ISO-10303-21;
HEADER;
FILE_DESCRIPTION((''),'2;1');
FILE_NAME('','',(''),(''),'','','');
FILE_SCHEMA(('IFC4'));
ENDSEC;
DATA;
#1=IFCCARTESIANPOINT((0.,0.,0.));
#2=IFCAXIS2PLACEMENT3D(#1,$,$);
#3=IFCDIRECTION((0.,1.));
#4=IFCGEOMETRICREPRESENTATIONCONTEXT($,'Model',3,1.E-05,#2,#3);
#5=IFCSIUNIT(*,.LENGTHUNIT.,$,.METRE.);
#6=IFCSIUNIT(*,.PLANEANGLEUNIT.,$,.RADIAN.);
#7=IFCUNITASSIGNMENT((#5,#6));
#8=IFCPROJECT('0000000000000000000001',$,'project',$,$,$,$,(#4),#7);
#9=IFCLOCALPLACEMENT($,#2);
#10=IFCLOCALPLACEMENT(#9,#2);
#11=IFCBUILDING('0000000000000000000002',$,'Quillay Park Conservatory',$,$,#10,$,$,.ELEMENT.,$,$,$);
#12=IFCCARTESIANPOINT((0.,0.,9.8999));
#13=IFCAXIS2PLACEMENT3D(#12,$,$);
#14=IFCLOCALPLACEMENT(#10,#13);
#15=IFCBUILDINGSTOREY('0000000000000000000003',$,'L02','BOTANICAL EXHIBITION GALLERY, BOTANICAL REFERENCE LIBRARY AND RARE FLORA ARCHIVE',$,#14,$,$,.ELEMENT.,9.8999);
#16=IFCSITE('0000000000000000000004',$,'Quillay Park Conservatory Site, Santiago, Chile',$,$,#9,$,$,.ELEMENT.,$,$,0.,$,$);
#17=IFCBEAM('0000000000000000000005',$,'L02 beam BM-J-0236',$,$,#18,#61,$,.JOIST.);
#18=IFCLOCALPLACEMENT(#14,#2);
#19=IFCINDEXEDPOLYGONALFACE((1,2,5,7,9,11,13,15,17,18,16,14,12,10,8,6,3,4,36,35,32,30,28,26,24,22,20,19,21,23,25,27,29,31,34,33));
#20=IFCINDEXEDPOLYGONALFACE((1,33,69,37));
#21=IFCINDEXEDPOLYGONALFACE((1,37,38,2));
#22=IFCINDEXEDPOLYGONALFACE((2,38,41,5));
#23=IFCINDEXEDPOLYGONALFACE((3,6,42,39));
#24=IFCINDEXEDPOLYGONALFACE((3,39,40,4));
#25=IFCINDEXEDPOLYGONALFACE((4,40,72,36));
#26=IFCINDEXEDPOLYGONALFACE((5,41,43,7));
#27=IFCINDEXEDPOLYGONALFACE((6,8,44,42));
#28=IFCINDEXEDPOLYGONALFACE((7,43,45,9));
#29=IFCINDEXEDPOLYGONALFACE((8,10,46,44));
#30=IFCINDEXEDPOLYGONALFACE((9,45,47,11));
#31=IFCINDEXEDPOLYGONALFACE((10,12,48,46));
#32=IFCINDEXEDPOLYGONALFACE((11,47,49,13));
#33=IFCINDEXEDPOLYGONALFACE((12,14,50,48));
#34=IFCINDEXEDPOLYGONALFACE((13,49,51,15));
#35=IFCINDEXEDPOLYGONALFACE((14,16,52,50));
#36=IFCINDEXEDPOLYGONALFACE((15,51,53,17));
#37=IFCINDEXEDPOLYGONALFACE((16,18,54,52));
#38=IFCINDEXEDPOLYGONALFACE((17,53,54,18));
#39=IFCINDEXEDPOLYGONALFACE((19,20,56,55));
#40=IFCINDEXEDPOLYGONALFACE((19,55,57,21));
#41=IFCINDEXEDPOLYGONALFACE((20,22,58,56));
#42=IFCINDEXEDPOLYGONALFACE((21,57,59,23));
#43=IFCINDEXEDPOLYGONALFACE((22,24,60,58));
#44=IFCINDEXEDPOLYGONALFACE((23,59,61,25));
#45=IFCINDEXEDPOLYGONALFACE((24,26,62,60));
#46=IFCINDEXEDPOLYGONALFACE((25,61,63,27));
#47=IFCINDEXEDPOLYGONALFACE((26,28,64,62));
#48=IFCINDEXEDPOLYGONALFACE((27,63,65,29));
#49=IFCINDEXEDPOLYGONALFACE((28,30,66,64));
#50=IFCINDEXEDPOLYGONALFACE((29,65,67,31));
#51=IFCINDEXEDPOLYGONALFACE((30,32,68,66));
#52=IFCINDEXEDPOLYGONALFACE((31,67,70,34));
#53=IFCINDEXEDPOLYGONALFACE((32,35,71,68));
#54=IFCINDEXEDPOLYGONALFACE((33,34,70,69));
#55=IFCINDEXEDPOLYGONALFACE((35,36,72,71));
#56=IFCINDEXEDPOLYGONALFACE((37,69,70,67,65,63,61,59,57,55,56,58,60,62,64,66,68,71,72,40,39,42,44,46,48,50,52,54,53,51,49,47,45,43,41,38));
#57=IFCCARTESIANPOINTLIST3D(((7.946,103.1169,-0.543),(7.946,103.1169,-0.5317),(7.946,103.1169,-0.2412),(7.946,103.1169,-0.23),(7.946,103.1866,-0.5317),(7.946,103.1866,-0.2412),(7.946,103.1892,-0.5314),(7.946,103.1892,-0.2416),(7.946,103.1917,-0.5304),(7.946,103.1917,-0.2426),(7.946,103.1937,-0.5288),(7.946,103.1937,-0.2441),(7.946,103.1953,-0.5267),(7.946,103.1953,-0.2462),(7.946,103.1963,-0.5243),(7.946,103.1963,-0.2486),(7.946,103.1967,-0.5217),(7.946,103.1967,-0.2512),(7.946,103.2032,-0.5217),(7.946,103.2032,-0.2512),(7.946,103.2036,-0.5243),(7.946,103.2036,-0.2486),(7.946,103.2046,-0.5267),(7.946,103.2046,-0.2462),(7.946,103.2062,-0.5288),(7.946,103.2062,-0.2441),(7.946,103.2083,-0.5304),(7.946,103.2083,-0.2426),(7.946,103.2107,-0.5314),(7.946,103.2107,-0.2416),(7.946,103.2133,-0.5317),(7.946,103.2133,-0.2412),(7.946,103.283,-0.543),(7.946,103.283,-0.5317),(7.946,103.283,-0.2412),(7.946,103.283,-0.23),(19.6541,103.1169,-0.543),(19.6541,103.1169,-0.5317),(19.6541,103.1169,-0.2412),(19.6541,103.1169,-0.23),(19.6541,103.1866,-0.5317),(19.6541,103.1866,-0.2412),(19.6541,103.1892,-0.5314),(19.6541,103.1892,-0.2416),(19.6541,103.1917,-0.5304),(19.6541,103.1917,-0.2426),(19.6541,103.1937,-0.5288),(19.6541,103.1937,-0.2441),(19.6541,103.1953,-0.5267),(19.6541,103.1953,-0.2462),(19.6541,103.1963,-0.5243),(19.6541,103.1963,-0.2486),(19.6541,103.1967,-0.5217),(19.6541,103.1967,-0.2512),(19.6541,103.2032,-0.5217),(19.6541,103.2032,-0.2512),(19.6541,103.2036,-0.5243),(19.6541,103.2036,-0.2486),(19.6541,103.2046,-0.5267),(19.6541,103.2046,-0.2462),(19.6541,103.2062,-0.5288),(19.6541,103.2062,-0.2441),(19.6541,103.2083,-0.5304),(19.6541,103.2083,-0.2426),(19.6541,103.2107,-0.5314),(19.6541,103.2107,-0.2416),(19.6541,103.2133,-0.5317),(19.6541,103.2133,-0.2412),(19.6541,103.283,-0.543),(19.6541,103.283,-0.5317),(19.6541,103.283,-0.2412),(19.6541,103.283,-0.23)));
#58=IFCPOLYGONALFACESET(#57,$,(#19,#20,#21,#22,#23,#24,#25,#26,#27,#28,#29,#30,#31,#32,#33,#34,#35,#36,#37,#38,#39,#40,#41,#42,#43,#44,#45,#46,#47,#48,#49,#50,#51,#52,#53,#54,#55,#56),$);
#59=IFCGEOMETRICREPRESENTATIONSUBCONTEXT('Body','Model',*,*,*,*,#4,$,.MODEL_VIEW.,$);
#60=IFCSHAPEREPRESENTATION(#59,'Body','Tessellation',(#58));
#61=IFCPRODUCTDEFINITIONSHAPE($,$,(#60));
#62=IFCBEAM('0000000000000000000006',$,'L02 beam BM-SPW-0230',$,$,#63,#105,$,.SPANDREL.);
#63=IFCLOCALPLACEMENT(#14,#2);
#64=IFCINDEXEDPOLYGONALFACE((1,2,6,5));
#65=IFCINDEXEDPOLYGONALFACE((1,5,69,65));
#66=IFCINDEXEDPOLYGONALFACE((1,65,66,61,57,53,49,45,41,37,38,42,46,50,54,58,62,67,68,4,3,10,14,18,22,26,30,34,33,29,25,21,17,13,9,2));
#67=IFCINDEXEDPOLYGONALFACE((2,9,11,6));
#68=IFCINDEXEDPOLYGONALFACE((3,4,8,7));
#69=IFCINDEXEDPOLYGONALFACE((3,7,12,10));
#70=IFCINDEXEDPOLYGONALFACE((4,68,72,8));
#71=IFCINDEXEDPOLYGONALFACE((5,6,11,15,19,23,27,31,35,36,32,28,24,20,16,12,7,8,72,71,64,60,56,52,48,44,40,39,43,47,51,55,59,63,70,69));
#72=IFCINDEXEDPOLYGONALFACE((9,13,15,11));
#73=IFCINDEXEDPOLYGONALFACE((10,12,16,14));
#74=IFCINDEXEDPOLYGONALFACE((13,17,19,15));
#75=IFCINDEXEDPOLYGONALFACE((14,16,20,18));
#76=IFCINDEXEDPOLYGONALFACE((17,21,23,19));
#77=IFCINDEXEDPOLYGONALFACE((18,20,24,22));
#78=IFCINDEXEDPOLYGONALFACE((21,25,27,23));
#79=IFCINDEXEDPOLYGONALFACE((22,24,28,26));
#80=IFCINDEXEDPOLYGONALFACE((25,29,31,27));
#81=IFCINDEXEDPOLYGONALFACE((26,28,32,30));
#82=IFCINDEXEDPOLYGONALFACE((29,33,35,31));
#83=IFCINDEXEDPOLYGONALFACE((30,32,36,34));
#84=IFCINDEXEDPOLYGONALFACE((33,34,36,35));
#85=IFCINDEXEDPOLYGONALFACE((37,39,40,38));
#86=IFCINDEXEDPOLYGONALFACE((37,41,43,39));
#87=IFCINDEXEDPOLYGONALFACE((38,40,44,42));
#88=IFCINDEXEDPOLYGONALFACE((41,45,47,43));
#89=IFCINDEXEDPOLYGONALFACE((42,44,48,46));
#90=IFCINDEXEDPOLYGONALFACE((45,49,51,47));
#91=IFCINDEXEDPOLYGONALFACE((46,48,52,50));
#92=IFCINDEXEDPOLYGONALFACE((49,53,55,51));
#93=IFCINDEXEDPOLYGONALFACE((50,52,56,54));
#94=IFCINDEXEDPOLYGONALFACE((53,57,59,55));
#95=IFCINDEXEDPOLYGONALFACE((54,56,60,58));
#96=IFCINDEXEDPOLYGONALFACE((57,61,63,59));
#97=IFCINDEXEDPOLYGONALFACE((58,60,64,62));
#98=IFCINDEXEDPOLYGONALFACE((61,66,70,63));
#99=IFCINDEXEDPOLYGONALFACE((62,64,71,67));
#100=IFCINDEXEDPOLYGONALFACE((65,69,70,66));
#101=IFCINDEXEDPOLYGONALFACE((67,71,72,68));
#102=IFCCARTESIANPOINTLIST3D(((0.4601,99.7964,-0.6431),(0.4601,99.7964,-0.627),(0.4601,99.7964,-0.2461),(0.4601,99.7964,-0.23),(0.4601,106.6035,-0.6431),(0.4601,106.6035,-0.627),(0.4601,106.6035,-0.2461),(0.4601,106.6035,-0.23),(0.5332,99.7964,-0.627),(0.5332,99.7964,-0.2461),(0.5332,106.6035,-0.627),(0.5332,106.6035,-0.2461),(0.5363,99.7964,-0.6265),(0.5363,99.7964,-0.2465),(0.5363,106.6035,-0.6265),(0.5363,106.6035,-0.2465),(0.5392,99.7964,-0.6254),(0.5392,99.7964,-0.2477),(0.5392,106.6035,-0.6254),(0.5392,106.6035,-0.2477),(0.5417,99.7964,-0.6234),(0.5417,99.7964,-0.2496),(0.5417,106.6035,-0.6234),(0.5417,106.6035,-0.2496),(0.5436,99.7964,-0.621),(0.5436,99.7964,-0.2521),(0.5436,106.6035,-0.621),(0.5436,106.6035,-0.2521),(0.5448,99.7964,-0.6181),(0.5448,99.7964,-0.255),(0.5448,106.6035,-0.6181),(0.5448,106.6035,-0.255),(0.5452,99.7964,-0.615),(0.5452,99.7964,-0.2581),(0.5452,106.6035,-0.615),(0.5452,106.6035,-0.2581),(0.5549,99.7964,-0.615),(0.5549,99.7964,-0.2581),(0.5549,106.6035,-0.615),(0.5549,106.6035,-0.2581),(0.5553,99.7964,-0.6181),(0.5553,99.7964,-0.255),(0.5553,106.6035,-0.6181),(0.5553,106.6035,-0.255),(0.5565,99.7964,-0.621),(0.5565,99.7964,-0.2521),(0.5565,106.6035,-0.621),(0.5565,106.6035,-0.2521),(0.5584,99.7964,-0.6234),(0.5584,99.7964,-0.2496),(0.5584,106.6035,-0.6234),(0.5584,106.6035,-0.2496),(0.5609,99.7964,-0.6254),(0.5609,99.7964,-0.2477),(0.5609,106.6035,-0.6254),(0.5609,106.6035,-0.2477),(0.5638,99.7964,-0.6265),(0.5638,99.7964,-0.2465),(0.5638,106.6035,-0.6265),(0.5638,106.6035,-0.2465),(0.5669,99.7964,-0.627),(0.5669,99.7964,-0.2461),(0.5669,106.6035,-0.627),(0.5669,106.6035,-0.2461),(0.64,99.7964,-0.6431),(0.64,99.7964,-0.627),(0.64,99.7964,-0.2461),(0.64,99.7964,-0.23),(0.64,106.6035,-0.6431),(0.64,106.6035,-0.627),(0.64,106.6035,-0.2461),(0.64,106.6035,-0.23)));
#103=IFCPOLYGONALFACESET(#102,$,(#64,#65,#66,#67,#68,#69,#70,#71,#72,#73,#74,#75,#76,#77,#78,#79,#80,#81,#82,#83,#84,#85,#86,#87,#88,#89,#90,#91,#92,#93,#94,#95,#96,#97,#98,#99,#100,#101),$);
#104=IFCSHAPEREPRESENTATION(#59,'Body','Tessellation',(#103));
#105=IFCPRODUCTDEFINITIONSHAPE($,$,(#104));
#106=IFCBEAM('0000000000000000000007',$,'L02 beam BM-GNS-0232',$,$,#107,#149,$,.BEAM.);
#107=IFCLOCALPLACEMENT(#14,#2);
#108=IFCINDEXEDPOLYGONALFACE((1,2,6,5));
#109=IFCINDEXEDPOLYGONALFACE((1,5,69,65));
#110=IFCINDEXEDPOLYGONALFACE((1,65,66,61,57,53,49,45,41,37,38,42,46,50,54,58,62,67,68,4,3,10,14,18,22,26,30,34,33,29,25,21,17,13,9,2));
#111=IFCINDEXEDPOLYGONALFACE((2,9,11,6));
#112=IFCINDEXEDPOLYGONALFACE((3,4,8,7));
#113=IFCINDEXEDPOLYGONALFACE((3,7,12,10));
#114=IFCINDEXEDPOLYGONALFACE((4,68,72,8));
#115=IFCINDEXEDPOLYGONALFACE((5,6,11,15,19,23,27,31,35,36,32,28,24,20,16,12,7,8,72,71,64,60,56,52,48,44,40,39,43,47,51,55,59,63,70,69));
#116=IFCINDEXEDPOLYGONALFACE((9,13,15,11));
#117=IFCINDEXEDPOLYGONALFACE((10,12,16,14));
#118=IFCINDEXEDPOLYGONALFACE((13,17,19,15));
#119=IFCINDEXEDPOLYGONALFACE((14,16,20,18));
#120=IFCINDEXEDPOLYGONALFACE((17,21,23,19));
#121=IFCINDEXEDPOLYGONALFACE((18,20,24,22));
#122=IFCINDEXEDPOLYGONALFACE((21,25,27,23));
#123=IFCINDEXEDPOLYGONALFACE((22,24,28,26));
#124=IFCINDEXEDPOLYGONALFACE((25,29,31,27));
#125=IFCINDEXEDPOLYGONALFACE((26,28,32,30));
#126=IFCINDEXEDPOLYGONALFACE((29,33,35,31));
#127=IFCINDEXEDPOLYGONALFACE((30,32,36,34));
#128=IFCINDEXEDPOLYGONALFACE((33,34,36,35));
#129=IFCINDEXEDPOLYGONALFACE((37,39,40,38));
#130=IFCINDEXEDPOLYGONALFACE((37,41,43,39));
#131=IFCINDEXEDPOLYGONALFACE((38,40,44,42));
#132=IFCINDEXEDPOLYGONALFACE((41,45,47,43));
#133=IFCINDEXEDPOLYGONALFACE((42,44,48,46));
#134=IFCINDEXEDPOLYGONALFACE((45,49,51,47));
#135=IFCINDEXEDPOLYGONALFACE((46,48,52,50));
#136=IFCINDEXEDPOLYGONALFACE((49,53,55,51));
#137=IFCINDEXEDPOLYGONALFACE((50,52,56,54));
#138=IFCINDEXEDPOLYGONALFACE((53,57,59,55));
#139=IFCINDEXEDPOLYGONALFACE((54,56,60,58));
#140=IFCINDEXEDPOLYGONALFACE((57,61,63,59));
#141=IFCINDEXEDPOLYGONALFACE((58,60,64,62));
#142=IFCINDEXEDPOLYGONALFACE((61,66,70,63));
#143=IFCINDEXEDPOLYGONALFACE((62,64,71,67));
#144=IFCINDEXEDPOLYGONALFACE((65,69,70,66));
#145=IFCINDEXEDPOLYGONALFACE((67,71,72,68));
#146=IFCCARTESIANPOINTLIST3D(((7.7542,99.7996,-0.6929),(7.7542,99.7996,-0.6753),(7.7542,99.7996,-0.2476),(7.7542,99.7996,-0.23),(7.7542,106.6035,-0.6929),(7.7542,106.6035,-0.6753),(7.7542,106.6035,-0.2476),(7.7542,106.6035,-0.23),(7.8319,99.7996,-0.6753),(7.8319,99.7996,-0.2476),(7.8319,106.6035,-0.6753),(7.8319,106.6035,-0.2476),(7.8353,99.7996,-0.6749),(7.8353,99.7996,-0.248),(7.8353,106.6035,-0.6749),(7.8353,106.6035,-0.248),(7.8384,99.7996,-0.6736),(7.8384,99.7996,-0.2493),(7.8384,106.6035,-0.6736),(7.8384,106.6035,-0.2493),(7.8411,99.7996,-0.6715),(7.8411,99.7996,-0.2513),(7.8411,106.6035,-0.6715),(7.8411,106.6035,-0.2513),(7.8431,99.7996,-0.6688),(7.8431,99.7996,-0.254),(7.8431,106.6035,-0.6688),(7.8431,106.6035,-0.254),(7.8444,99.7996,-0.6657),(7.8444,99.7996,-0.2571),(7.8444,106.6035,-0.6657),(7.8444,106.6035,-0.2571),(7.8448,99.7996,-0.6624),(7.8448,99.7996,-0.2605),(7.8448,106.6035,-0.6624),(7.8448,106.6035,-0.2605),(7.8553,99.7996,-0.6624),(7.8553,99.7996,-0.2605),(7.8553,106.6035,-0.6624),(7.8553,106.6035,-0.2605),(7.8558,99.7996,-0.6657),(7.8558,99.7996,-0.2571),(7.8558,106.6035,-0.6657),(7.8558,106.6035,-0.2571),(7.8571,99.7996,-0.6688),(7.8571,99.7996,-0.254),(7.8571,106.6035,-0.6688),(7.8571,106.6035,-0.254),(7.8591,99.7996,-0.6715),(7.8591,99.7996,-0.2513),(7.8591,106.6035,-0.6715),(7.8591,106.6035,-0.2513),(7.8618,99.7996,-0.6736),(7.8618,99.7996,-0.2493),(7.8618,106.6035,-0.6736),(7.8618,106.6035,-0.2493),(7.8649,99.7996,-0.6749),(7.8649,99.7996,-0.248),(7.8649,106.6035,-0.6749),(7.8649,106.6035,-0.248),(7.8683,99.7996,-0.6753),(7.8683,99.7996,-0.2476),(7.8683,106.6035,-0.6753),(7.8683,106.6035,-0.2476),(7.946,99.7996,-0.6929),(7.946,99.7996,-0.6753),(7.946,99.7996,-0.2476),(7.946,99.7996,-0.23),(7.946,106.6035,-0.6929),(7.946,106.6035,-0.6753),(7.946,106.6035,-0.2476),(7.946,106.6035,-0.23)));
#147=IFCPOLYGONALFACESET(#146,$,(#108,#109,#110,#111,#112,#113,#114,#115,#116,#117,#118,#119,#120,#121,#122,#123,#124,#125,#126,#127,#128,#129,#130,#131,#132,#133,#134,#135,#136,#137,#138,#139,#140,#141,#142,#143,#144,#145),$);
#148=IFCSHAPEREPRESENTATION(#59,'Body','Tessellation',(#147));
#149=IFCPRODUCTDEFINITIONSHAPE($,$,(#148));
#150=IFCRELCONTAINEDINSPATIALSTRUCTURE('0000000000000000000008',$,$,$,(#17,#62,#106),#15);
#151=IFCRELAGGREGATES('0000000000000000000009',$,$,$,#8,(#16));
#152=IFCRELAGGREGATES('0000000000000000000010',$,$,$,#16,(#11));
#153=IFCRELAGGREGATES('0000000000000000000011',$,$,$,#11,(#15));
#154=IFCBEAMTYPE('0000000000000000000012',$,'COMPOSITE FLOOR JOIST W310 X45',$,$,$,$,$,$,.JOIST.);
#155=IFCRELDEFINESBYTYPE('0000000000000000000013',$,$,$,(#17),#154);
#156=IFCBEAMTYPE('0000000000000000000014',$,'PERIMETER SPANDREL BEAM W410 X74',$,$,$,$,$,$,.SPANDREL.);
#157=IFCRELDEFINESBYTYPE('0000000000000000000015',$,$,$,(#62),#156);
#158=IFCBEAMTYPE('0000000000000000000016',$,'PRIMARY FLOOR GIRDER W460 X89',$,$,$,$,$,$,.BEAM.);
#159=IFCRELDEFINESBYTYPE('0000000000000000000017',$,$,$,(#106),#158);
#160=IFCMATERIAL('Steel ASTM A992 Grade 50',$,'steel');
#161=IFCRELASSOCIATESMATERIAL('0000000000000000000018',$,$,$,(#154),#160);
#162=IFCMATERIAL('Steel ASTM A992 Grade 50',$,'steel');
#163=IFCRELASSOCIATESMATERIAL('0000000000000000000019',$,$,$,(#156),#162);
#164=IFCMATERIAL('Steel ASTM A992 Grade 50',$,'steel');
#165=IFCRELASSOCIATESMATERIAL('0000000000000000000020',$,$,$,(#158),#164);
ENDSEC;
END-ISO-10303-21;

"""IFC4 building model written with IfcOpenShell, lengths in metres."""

from ifc_helpers import new_model, si_unit, direction, frame, origin, origin_2d, place, context, subcontext, project, spatial, i_section, extrude, material, material_profile, profile_set, type_object, element, save


model = new_model("IFC4")

# Units and contexts
model_context = context("Model", 3, precision=1e-05, world=origin(), true_north=direction((0.0, 1.0)))
body_context = subcontext(model_context, "Body", "Model", "MODEL_VIEW")
ifc_project = project(units=[si_unit("LENGTHUNIT", "METRE"), si_unit("PLANEANGLEUNIT", "RADIAN")], contexts=[model_context])

# Site, building, storey
site_placement = place(None, origin())
site = spatial("IfcSite", under=ifc_project, at=site_placement, Name="Quillay Park Conservatory Site, Santiago, Chile", CompositionType="ELEMENT", RefElevation=0.0)
building_placement = place(site_placement, origin())
building = spatial("IfcBuilding", under=site, at=building_placement, Name="Quillay Park Conservatory", CompositionType="ELEMENT")
storey_placement = place(building_placement, frame((0.0, 0.0, 9.8999)))
storey = spatial("IfcBuildingStorey", under=building, at=storey_placement, Name="L02", Description="BOTANICAL EXHIBITION GALLERY, BOTANICAL REFERENCE LIBRARY AND RARE FLORA ARCHIVE", CompositionType="ELEMENT", Elevation=9.8999)

# Beams
ifc_material_1 = material(Name="Steel ASTM A992 Grade 50", Category="steel")
ifc_material_profile_1 = material_profile(ifc_material_1, i_section(OverallWidth=0.166, OverallDepth=0.313, WebThickness=0.0066, FlangeThickness=0.0112, FilletRadius=0.01, at=origin_2d()), Name="W310x45")
ifc_profile_set_1 = profile_set([ifc_material_profile_1], Name="Steel ASTM A992 Grade 50")
beam_type_1 = type_object("IfcBeamType", Name="COMPOSITE FLOOR JOIST W310 X45", PredefinedType="JOIST", material=ifc_profile_set_1)
beam_1_placement = place(storey_placement, frame((7.946, 103.2, -0.3865), z_axis=(1.0, 0.0, 0.0), x_axis=(0.0, 1.0, 0.0)))
element("IfcBeam", 1, at=beam_1_placement, inside=storey, type_object=beam_type_1, Name="L02 beam BM-J-0236", PredefinedType="JOIST", context=body_context, shape_type="SweptSolid", body=[
    extrude(i_section(OverallWidth=0.166, OverallDepth=0.313, WebThickness=0.0066, FlangeThickness=0.0112, FilletRadius=0.01, at=origin_2d()), origin(), (0.0, 0.0, 1.0), 11.708),
])
ifc_material_2 = material(Name="Steel ASTM A992 Grade 50", Category="steel")
ifc_material_profile_2 = material_profile(ifc_material_2, i_section(OverallWidth=0.1799, OverallDepth=0.4131, WebThickness=0.0098, FlangeThickness=0.0161, FilletRadius=0.012, at=origin_2d()), Name="W410x74")
ifc_profile_set_2 = profile_set([ifc_material_profile_2], Name="Steel ASTM A992 Grade 50")
beam_type_2 = type_object("IfcBeamType", Name="PERIMETER SPANDREL BEAM W410 X74", PredefinedType="SPANDREL", material=ifc_profile_set_2)
beam_2_placement = place(storey_placement, frame((0.55, 99.7964, -0.4365), z_axis=(0.0, 1.0, 0.0), x_axis=(-1.0, 0.0, 0.0)))
element("IfcBeam", 2, at=beam_2_placement, inside=storey, type_object=beam_type_2, Name="L02 beam BM-SPW-0230", PredefinedType="SPANDREL", context=body_context, shape_type="SweptSolid", body=[
    extrude(i_section(OverallWidth=0.1799, OverallDepth=0.4131, WebThickness=0.0098, FlangeThickness=0.0161, FilletRadius=0.012, at=origin_2d()), origin(), (0.0, 0.0, 1.0), 6.8071),
])
ifc_material_3 = material(Name="Steel ASTM A992 Grade 50", Category="steel")
ifc_material_profile_3 = material_profile(ifc_material_3, i_section(OverallWidth=0.1919, OverallDepth=0.4629, WebThickness=0.0105, FlangeThickness=0.0176, FilletRadius=0.0129, at=origin_2d()), Name="W460x89")
ifc_profile_set_3 = profile_set([ifc_material_profile_3], Name="Steel ASTM A992 Grade 50")
beam_type_3 = type_object("IfcBeamType", Name="PRIMARY FLOOR GIRDER W460 X89", PredefinedType="BEAM", material=ifc_profile_set_3)
beam_3_placement = place(storey_placement, frame((7.8501, 99.7996, -0.4614), z_axis=(0.0, 1.0, 0.0), x_axis=(-1.0, 0.0, 0.0)))
element("IfcBeam", 3, at=beam_3_placement, inside=storey, type_object=beam_type_3, Name="L02 beam BM-GNS-0232", PredefinedType="BEAM", context=body_context, shape_type="SweptSolid", body=[
    extrude(i_section(OverallWidth=0.1919, OverallDepth=0.4629, WebThickness=0.0105, FlangeThickness=0.0176, FilletRadius=0.0129, at=origin_2d()), origin(), (0.0, 0.0, 1.0), 6.804),
])

save(model, "model.ifc")
